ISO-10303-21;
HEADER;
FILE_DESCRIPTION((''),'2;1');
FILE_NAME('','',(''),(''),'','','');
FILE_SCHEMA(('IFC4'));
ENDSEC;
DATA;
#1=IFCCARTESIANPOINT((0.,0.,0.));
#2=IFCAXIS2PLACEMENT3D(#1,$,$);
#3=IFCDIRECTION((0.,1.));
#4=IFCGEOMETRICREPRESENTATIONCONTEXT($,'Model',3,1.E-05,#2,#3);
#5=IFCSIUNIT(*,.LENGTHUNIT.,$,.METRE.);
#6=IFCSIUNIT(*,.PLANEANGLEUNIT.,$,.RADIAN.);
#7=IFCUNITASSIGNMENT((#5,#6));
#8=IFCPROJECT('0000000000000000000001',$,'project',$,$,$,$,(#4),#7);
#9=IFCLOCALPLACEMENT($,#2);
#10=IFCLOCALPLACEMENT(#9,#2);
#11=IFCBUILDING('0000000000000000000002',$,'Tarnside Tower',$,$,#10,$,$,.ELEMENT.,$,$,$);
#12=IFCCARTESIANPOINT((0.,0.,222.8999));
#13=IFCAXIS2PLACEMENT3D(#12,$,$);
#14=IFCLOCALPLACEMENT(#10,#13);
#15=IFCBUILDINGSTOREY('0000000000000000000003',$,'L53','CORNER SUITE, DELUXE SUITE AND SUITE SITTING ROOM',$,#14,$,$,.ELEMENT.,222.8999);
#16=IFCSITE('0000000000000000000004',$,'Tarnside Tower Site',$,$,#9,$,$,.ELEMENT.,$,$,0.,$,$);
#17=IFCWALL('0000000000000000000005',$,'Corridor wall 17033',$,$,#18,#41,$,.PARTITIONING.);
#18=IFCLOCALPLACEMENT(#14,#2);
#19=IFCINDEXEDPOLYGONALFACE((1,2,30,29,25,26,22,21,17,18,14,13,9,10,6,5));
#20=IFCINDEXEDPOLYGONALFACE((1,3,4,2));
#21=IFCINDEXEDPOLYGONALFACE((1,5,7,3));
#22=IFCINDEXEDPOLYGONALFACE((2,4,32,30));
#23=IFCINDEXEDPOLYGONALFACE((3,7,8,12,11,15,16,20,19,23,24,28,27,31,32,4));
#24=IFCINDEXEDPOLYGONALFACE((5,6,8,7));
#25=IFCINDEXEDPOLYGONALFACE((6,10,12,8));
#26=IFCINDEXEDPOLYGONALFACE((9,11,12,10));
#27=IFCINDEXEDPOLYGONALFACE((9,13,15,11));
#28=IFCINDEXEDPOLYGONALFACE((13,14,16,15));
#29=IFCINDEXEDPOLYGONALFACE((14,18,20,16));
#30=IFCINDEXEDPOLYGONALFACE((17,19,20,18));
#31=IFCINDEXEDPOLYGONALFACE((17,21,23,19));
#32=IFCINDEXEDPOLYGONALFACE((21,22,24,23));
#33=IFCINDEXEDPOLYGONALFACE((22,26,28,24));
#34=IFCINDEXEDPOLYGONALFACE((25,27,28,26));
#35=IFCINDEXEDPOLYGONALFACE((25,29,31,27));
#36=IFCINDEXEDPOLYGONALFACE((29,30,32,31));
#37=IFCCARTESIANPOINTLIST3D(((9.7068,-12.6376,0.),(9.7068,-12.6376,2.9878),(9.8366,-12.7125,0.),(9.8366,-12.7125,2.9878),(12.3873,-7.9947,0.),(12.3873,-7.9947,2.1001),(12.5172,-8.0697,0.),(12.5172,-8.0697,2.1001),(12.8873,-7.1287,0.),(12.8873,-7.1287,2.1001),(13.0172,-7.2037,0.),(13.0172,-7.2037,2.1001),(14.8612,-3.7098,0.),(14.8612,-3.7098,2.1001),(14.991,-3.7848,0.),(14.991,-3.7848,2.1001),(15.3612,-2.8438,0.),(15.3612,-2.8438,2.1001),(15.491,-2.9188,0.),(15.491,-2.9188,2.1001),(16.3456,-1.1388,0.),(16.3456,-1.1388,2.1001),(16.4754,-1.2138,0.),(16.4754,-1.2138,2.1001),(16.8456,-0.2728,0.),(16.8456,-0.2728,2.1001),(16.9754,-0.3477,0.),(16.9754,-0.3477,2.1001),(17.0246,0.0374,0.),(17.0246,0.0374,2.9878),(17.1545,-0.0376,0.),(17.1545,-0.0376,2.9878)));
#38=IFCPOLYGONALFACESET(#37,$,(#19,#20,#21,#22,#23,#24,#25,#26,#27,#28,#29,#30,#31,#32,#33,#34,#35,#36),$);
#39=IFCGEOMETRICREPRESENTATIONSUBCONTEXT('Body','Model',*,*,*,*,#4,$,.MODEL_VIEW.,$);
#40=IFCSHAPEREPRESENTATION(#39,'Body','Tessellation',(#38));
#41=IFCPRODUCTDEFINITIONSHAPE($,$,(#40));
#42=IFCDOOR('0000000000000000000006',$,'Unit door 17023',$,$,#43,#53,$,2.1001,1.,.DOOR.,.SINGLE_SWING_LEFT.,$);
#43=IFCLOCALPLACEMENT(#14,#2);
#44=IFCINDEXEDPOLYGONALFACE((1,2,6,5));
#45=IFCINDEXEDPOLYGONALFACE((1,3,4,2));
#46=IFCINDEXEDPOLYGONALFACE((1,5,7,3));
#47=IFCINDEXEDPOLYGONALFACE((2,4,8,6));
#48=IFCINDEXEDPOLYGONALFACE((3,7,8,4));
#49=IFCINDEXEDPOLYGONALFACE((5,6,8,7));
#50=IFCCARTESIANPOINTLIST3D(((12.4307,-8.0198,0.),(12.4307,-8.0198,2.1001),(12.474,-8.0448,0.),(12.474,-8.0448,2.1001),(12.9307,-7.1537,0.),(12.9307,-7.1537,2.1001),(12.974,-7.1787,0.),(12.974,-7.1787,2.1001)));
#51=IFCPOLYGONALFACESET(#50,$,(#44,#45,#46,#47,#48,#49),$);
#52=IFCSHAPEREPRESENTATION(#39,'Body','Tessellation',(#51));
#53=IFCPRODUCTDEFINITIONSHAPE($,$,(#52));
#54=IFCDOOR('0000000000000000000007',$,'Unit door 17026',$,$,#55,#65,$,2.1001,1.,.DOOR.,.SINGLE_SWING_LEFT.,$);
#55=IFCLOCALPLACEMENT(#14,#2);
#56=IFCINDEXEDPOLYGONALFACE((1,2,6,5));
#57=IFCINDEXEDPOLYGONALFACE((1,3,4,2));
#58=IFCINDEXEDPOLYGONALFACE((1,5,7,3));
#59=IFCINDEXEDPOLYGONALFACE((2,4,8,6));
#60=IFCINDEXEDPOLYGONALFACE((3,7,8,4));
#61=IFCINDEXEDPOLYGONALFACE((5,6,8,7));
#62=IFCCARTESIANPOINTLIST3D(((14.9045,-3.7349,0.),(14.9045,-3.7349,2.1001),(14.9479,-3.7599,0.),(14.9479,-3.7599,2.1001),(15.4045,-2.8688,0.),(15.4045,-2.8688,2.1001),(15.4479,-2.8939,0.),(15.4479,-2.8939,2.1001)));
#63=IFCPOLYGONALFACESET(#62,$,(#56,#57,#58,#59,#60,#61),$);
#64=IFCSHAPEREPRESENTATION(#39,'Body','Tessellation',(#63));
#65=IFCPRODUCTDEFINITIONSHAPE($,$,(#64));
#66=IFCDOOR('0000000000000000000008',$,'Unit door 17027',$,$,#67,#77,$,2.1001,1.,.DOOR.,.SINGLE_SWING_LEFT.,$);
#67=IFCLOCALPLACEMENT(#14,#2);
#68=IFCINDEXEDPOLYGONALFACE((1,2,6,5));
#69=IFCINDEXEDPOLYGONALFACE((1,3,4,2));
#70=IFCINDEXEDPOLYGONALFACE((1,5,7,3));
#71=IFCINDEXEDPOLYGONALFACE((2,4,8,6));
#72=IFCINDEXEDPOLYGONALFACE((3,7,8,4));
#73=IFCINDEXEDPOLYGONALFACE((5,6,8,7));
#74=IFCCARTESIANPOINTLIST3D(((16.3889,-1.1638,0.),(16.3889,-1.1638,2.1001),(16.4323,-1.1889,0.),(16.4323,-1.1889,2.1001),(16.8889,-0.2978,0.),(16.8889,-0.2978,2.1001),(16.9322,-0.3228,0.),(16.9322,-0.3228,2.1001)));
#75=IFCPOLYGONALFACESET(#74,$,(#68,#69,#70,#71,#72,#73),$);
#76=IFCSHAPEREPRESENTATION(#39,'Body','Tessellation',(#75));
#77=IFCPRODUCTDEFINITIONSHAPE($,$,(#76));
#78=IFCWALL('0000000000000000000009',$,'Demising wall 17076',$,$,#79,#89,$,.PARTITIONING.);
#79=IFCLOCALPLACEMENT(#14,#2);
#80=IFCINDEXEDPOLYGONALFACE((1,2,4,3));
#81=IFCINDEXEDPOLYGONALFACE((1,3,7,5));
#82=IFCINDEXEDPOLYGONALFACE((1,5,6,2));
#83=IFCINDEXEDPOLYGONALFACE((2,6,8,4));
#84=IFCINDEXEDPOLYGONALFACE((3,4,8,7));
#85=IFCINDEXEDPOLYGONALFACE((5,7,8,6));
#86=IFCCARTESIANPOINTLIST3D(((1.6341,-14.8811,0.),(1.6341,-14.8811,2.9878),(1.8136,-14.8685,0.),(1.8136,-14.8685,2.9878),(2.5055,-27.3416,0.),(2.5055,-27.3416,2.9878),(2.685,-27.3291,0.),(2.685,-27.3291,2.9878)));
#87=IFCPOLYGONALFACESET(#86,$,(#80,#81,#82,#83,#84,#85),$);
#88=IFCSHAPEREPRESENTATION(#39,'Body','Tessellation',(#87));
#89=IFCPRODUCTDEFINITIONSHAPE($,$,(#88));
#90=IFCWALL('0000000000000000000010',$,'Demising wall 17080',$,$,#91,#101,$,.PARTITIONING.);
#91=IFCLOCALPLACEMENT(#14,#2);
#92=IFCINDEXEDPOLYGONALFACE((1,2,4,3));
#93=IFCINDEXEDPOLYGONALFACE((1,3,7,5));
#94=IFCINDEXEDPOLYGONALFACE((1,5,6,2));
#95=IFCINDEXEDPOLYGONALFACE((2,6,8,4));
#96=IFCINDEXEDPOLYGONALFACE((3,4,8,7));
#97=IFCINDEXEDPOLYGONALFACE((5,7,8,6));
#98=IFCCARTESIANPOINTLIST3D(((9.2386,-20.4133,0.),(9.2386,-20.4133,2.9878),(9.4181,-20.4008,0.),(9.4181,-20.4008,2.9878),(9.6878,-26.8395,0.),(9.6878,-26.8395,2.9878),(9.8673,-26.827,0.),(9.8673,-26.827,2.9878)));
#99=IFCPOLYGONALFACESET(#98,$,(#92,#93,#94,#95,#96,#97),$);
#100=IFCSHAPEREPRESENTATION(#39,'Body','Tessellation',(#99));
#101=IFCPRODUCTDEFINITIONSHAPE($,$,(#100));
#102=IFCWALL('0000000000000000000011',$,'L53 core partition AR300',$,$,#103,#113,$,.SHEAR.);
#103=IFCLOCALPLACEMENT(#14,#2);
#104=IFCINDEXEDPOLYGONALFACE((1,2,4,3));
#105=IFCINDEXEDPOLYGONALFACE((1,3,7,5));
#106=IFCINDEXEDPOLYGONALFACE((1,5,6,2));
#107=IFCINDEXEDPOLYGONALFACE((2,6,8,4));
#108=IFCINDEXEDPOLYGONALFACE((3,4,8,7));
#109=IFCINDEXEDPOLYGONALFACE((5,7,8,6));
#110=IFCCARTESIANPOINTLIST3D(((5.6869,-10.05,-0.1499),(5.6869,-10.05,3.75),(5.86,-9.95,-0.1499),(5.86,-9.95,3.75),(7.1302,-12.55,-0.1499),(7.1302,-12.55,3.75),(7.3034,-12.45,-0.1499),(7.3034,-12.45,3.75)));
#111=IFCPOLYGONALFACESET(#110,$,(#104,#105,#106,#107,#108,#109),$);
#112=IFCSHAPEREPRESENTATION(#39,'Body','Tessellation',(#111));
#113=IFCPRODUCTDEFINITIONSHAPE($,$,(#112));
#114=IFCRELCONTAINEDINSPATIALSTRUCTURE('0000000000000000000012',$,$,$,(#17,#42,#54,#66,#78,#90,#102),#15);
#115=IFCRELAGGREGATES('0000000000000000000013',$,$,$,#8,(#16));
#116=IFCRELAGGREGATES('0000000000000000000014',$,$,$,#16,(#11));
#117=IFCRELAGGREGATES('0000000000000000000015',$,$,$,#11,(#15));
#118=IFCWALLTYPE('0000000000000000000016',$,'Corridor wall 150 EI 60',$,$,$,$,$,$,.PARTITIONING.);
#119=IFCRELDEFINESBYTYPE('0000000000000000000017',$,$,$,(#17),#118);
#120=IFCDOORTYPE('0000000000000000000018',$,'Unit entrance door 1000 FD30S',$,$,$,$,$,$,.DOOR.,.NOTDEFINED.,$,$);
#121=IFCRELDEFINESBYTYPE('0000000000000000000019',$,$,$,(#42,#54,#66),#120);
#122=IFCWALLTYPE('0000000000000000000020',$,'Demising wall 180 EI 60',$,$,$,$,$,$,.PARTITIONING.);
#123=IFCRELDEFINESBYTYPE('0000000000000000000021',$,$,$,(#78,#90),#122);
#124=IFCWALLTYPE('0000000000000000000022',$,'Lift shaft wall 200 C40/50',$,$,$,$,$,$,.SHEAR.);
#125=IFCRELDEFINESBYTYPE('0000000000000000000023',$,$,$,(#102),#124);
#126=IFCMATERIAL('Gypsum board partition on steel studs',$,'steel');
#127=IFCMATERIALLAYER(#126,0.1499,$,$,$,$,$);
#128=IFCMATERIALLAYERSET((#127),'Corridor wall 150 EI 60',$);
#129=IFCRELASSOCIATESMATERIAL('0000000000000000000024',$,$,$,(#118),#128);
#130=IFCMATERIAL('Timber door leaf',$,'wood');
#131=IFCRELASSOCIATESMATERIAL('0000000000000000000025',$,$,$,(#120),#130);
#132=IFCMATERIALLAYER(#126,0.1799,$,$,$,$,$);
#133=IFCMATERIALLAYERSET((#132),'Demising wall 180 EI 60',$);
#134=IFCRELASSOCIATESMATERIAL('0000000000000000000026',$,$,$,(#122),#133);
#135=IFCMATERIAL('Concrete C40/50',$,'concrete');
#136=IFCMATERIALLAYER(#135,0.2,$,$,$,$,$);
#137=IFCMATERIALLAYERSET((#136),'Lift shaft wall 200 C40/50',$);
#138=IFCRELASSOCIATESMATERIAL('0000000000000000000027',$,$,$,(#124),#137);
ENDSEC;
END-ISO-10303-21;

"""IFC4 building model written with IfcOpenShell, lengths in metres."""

from ifc_helpers import new_model, si_unit, direction, frame, frame_2d, origin, place, context, subcontext, project, spatial, rectangle, extrude, material, layer, layer_set, type_object, element, fill, save


model = new_model("IFC4")

# Units and contexts
model_context = context("Model", 3, precision=1e-05, world=origin(), true_north=direction((0.0, 1.0)))
body_context = subcontext(model_context, "Body", "Model", "MODEL_VIEW")
ifc_project = project(units=[si_unit("LENGTHUNIT", "METRE"), si_unit("PLANEANGLEUNIT", "RADIAN")], contexts=[model_context])

# Site, building, storey
site_placement = place(None, origin())
site = spatial("IfcSite", under=ifc_project, at=site_placement, Name="Tarnside Tower Site", CompositionType="ELEMENT", RefElevation=0.0)
building_placement = place(site_placement, origin())
building = spatial("IfcBuilding", under=site, at=building_placement, Name="Tarnside Tower", CompositionType="ELEMENT")
storey_placement = place(building_placement, frame((0.0, 0.0, 222.8999)))
storey = spatial("IfcBuildingStorey", under=building, at=storey_placement, Name="L53", Description="CORNER SUITE, DELUXE SUITE AND SUITE SITTING ROOM", CompositionType="ELEMENT", Elevation=222.8999)

# Shared definitions
ifc_material_1 = material(Name="Gypsum board partition on steel studs", Category="steel")
ifc_material_2 = material(Name="Timber door leaf", Category="wood")

# Shared definitions
ifc_layer_1 = layer(ifc_material_1, 0.1499)
ifc_layer_set_1 = layer_set([ifc_layer_1], Name="Corridor wall 150 EI 60")
wall_type_1 = type_object("IfcWallType", Name="Corridor wall 150 EI 60", PredefinedType="PARTITIONING", material=ifc_layer_set_1)

# Wall, openings, doors
wall_1_placement = place(storey_placement, frame((9.7717, -12.675, 0.0), z_axis=(0.0, 0.0, 1.0), x_axis=(0.499996, 0.866028, 0.0)))
wall_1 = element("IfcWall", 1, at=wall_1_placement, inside=storey, type_object=wall_type_1, Name="Corridor wall 17033", PredefinedType="PARTITIONING", context=body_context, shape_type="SweptSolid", body=[
    extrude(rectangle(XDim=14.6357, YDim=0.1499, at=frame_2d((7.3179, 0.0))), origin(), (0.0, 0.0, 1.0), 2.9878),
])
opening_1_placement = place(wall_1_placement, frame((5.3611, 0.0, 0.0)))
opening_1 = element("IfcOpeningElement", 2, at=opening_1_placement, cuts=wall_1, PredefinedType="OPENING", context=body_context, shape_type="SweptSolid", body=[
    extrude(rectangle(XDim=1.0, YDim=2.1001, at=frame_2d((0.5, 1.05))), frame((0.0, 0.085, 0.0), z_axis=(0.0, -1.0, 0.0), x_axis=(1.0, 0.0, 0.0)), (0.0, 0.0, 1.0), 0.1699),
])
opening_2_placement = place(wall_1_placement, frame((10.3088, 0.0, 0.0)))
opening_2 = element("IfcOpeningElement", 3, at=opening_2_placement, cuts=wall_1, PredefinedType="OPENING", context=body_context, shape_type="SweptSolid", body=[
    extrude(rectangle(XDim=1.0, YDim=2.1001, at=frame_2d((0.5, 1.05))), frame((0.0, 0.085, 0.0), z_axis=(0.0, -1.0, 0.0), x_axis=(1.0, 0.0, 0.0)), (0.0, 0.0, 1.0), 0.1699),
])
opening_3_placement = place(wall_1_placement, frame((13.2776, 0.0, 0.0)))
opening_3 = element("IfcOpeningElement", 4, at=opening_3_placement, cuts=wall_1, PredefinedType="OPENING", context=body_context, shape_type="SweptSolid", body=[
    extrude(rectangle(XDim=1.0, YDim=2.1001, at=frame_2d((0.5, 1.05))), frame((0.0, 0.085, 0.0), z_axis=(0.0, -1.0, 0.0), x_axis=(1.0, 0.0, 0.0)), (0.0, 0.0, 1.0), 0.1699),
])
door_type_1 = type_object("IfcDoorType", Name="Unit entrance door 1000 FD30S", OperationType="NOTDEFINED", PredefinedType="DOOR", material=ifc_material_2)
door_1_placement = place(opening_1_placement, origin())
door_1 = element("IfcDoor", 5, at=door_1_placement, inside=storey, type_object=door_type_1, Name="Unit door 17023", OperationType="SINGLE_SWING_LEFT", OverallHeight=2.1001, OverallWidth=1.0, PredefinedType="DOOR", context=body_context, shape_type="SweptSolid", body=[
    extrude(rectangle(XDim=1.0, YDim=2.1001, at=frame_2d((0.5, 1.05))), frame((0.0, 0.0249, 0.0), z_axis=(0.0, -1.0, 0.0), x_axis=(1.0, 0.0, 0.0)), (0.0, 0.0, 1.0), 0.05),
])
fill(opening_1, door_1)
door_2_placement = place(opening_2_placement, origin())
door_2 = element("IfcDoor", 6, at=door_2_placement, inside=storey, type_object=door_type_1, Name="Unit door 17026", OperationType="SINGLE_SWING_LEFT", OverallHeight=2.1001, OverallWidth=1.0, PredefinedType="DOOR", context=body_context, shape_type="SweptSolid", body=[
    extrude(rectangle(XDim=1.0, YDim=2.1001, at=frame_2d((0.5, 1.05))), frame((0.0, 0.0249, 0.0), z_axis=(0.0, -1.0, 0.0), x_axis=(1.0, 0.0, 0.0)), (0.0, 0.0, 1.0), 0.05),
])
fill(opening_2, door_2)
door_3_placement = place(opening_3_placement, origin())
door_3 = element("IfcDoor", 7, at=door_3_placement, inside=storey, type_object=door_type_1, Name="Unit door 17027", OperationType="SINGLE_SWING_LEFT", OverallHeight=2.1001, OverallWidth=1.0, PredefinedType="DOOR", context=body_context, shape_type="SweptSolid", body=[
    extrude(rectangle(XDim=1.0, YDim=2.1001, at=frame_2d((0.5, 1.05))), frame((0.0, 0.0249, 0.0), z_axis=(0.0, -1.0, 0.0), x_axis=(1.0, 0.0, 0.0)), (0.0, 0.0, 1.0), 0.05),
])
fill(opening_3, door_3)

# Walls
ifc_layer_2 = layer(ifc_material_1, 0.1799)
ifc_layer_set_2 = layer_set([ifc_layer_2], Name="Demising wall 180 EI 60")
wall_type_2 = type_object("IfcWallType", Name="Demising wall 180 EI 60", PredefinedType="PARTITIONING", material=ifc_layer_set_2)
wall_2_placement = place(storey_placement, frame((2.5952, -27.3354, 0.0), z_axis=(0.0, 0.0, 1.0), x_axis=(-0.069758, 0.997564, 0.0)))
element("IfcWall", 8, at=wall_2_placement, inside=storey, type_object=wall_type_2, Name="Demising wall 17076", PredefinedType="PARTITIONING", context=body_context, shape_type="SweptSolid", body=[
    extrude(rectangle(XDim=12.491, YDim=0.1799, at=frame_2d((6.2456, 0.0))), origin(), (0.0, 0.0, 1.0), 2.9878),
])
wall_3_placement = place(storey_placement, frame((9.7776, -26.8333, 0.0), z_axis=(0.0, 0.0, 1.0), x_axis=(-0.069733, 0.997566, 0.0)))
element("IfcWall", 9, at=wall_3_placement, inside=storey, type_object=wall_type_2, Name="Demising wall 17080", PredefinedType="PARTITIONING", context=body_context, shape_type="SweptSolid", body=[
    extrude(rectangle(XDim=6.4419, YDim=0.1799, at=frame_2d((3.2209, 0.0))), origin(), (0.0, 0.0, 1.0), 2.9878),
])
ifc_material_3 = material(Name="Concrete C40/50", Category="concrete")
ifc_layer_3 = layer(ifc_material_3, 0.2)
ifc_layer_set_3 = layer_set([ifc_layer_3], Name="Lift shaft wall 200 C40/50")
wall_type_3 = type_object("IfcWallType", Name="Lift shaft wall 200 C40/50", PredefinedType="SHEAR", material=ifc_layer_set_3)
wall_4_placement = place(storey_placement, frame((5.7734, -10.0, -0.1499), z_axis=(0.0, 0.0, 1.0), x_axis=(0.499996, -0.866028, 0.0)))
element("IfcWall", 10, at=wall_4_placement, inside=storey, type_object=wall_type_3, Name="L53 core partition AR300", PredefinedType="SHEAR", context=body_context, shape_type="SweptSolid", body=[
    extrude(rectangle(XDim=2.8867, YDim=0.2, at=frame_2d((1.4434, 0.0))), origin(), (0.0, 0.0, 1.0), 3.8999),
])

save(model, "model.ifc")
